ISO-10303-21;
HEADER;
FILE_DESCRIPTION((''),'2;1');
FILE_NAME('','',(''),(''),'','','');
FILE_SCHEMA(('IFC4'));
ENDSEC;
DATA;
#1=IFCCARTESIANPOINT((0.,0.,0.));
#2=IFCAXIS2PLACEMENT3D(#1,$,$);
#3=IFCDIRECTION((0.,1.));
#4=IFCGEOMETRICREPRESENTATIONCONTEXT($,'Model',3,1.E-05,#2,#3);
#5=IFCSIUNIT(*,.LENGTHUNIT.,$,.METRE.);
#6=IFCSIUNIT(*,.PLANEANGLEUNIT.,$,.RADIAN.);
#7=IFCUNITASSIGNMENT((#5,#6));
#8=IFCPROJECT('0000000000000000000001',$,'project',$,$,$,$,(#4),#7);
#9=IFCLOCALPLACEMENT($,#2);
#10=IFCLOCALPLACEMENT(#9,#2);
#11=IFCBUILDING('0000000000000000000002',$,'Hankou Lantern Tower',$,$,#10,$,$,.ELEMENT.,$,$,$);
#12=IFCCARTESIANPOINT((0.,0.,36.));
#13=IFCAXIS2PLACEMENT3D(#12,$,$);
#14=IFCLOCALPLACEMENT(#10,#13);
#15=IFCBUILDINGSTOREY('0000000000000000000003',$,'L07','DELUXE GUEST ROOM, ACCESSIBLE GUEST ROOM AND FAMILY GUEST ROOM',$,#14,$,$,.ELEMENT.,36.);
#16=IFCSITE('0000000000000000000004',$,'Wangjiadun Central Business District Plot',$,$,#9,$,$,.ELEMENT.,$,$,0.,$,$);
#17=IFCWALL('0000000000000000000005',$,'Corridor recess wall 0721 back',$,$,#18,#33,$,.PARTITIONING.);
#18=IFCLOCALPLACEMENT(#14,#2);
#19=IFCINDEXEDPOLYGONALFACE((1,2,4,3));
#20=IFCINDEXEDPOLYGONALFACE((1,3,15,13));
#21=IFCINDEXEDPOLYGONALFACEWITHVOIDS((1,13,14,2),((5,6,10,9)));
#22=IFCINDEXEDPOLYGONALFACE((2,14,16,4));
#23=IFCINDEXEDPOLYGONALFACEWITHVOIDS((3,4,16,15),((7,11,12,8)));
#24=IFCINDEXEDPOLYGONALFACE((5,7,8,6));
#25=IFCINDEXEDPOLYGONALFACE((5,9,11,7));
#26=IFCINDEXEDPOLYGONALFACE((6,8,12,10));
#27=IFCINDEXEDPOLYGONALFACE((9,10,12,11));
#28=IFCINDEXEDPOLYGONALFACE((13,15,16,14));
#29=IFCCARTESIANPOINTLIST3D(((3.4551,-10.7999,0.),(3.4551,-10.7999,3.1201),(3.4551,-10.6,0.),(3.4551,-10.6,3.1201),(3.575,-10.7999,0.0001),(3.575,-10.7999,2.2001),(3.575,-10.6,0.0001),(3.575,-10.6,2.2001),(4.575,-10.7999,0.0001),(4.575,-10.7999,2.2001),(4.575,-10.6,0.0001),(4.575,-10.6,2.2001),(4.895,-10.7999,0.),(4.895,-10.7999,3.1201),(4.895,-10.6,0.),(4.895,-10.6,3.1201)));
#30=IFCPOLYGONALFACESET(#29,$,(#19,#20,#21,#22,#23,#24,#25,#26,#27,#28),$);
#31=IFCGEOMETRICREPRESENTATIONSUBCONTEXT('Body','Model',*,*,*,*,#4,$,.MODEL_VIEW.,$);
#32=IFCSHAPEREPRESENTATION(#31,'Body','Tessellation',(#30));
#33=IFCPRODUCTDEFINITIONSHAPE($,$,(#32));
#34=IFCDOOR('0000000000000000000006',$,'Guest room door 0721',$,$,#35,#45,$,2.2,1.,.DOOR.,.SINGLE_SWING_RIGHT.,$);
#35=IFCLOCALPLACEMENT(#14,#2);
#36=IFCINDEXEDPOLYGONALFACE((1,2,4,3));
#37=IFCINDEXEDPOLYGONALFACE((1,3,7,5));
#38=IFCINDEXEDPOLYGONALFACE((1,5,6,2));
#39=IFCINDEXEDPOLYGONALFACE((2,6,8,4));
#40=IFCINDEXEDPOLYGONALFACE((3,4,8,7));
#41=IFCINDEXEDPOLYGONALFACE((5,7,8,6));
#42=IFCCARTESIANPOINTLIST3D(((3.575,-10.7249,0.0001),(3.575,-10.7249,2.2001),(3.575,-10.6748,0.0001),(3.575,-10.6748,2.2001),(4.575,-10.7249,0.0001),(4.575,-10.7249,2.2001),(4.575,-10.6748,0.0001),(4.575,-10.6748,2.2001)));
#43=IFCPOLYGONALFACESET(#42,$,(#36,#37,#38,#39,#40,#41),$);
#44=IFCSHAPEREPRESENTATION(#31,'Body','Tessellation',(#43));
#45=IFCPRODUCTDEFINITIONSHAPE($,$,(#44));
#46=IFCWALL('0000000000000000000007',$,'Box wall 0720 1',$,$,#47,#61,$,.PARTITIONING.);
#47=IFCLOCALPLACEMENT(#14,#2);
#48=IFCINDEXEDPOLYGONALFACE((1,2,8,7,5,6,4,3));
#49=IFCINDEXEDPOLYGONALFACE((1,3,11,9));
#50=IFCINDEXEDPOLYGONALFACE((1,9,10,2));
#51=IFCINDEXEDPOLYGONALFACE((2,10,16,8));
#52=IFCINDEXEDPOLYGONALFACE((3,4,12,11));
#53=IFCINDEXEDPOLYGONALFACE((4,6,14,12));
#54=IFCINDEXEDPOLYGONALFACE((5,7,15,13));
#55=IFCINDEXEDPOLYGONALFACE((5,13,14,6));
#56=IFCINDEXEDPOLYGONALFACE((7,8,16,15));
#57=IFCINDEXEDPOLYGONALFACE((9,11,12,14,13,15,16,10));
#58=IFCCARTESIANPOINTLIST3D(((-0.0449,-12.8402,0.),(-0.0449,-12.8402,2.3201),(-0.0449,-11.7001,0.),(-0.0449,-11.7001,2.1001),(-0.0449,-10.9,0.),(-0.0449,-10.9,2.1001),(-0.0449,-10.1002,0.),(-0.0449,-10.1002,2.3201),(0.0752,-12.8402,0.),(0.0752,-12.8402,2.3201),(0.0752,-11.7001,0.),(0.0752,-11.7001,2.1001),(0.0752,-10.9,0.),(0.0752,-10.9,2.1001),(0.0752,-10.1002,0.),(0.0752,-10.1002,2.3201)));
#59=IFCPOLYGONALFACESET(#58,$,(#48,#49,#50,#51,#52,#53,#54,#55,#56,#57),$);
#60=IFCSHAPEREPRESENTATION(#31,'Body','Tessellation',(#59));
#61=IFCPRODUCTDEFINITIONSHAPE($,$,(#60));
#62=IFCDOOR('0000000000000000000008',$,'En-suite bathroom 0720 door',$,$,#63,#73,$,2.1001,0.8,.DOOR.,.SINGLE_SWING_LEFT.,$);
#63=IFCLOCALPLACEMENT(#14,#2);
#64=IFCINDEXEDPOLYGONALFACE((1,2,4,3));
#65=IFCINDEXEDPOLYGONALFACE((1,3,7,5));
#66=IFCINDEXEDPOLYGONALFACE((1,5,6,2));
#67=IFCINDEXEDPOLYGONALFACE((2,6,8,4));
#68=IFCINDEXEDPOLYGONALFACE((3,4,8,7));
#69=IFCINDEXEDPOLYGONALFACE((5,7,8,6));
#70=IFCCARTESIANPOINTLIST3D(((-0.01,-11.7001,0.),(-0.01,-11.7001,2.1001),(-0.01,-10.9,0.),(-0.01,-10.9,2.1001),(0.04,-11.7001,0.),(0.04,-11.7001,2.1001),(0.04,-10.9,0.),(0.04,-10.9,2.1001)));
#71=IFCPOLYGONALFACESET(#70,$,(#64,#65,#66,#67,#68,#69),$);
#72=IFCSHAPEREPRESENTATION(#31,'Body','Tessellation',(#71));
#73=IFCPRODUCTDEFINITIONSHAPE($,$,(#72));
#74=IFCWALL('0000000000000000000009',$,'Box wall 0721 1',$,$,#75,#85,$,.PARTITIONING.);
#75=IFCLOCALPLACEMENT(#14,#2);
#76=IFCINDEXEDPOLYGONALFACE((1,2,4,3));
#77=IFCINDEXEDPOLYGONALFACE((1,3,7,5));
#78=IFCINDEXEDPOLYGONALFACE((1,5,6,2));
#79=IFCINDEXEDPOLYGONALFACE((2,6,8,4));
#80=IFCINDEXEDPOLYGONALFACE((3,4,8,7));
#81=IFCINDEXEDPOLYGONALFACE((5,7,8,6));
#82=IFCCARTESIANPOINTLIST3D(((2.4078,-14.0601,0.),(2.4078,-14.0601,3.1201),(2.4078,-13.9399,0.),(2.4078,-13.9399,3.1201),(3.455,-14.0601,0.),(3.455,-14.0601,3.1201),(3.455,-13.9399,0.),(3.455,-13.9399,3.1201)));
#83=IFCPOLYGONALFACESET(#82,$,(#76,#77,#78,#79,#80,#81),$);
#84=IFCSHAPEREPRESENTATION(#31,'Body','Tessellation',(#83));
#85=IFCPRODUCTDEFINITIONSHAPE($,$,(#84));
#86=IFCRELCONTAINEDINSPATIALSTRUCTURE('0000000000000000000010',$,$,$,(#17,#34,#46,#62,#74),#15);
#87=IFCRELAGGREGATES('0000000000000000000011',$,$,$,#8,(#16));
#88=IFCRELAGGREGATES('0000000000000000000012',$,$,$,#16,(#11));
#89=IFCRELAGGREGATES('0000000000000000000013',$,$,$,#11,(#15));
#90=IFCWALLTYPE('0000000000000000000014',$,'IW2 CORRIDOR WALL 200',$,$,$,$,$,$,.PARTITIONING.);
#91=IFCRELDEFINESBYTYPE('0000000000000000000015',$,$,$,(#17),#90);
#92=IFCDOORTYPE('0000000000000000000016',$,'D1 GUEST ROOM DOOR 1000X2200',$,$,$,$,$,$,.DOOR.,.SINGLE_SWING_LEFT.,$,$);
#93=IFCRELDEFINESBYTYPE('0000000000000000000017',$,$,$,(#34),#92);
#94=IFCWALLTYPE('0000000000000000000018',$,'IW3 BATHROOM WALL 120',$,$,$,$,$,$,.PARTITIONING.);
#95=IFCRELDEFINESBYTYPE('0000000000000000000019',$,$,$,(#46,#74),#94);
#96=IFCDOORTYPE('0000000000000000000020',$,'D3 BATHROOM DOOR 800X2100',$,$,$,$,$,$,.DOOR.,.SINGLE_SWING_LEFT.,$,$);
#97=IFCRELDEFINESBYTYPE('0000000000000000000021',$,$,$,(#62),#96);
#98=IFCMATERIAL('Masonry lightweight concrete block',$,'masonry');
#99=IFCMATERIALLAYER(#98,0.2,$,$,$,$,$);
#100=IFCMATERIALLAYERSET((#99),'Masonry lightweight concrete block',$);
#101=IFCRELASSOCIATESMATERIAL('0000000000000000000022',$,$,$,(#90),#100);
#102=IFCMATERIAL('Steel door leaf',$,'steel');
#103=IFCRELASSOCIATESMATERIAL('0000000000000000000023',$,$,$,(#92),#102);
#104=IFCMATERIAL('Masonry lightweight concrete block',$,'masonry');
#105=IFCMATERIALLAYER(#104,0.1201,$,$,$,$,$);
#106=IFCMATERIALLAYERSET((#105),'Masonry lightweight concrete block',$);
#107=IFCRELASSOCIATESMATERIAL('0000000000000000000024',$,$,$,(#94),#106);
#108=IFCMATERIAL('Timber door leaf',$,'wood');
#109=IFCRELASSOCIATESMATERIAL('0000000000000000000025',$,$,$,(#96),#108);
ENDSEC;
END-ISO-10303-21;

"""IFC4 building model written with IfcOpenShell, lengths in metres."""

from ifc_helpers import new_model, si_unit, direction, frame, frame_2d, origin, place, context, subcontext, project, spatial, rectangle, extrude, material, layer, layer_set, type_object, element, fill, save


model = new_model("IFC4")

# Units and contexts
model_context = context("Model", 3, precision=1e-05, world=origin(), true_north=direction((0.0, 1.0)))
body_context = subcontext(model_context, "Body", "Model", "MODEL_VIEW")
ifc_project = project(units=[si_unit("LENGTHUNIT", "METRE"), si_unit("PLANEANGLEUNIT", "RADIAN")], contexts=[model_context])

# Site, building, storey
site_placement = place(None, origin())
site = spatial("IfcSite", under=ifc_project, at=site_placement, Name="Wangjiadun Central Business District Plot", CompositionType="ELEMENT", RefElevation=0.0)
building_placement = place(site_placement, origin())
building = spatial("IfcBuilding", under=site, at=building_placement, Name="Hankou Lantern Tower", CompositionType="ELEMENT")
storey_placement = place(building_placement, frame((0.0, 0.0, 36.0)))
storey = spatial("IfcBuildingStorey", under=building, at=storey_placement, Name="L07", Description="DELUXE GUEST ROOM, ACCESSIBLE GUEST ROOM AND FAMILY GUEST ROOM", CompositionType="ELEMENT", Elevation=36.0)

# Walls, openings, doors
ifc_material_1 = material(Name="Masonry lightweight concrete block", Category="masonry")
ifc_layer_1 = layer(ifc_material_1, 0.2)
ifc_layer_set_1 = layer_set([ifc_layer_1], Name="Masonry lightweight concrete block")
wall_type_1 = type_object("IfcWallType", Name="IW2 CORRIDOR WALL 200", PredefinedType="PARTITIONING", material=ifc_layer_set_1)
ifc_material_2 = material(Name="Steel door leaf", Category="steel")
door_type_1 = type_object("IfcDoorType", Name="D1 GUEST ROOM DOOR 1000X2200", OperationType="SINGLE_SWING_LEFT", PredefinedType="DOOR", material=ifc_material_2)
wall_1_placement = place(storey_placement, frame((4.895, -10.7, 0.0), z_axis=(0.0, 0.0, 1.0), x_axis=(-1.0, 0.0, 0.0)))
wall_1 = element("IfcWall", 1, at=wall_1_placement, inside=storey, type_object=wall_type_1, Name="Corridor recess wall 0721 back", PredefinedType="PARTITIONING", context=body_context, shape_type="SweptSolid", body=[
    extrude(rectangle(XDim=1.4399, YDim=0.2, at=frame_2d((0.72, 0.0))), origin(), (0.0, 0.0, 1.0), 3.1201),
])
opening_1_placement = place(wall_1_placement, frame((0.3201, 0.0, 0.0)))
opening_1 = element("IfcOpeningElement", 2, at=opening_1_placement, cuts=wall_1, PredefinedType="OPENING", context=body_context, shape_type="SweptSolid", body=[
    extrude(rectangle(XDim=1.0, YDim=2.2, at=frame_2d((0.5, 1.1001))), frame((0.0, 0.1099, 0.0), z_axis=(0.0, -1.0, 0.0), x_axis=(1.0, 0.0, 0.0)), (0.0, 0.0, 1.0), 0.22),
])
door_1_placement = place(opening_1_placement, origin())
door_1 = element("IfcDoor", 3, at=door_1_placement, inside=storey, type_object=door_type_1, Name="Guest room door 0721", OperationType="SINGLE_SWING_RIGHT", OverallHeight=2.2, OverallWidth=1.0, PredefinedType="DOOR", context=body_context, shape_type="SweptSolid", body=[
    extrude(rectangle(XDim=1.0, YDim=2.2, at=frame_2d((0.5, 1.1001))), frame((0.0, 0.0249, 0.0), z_axis=(0.0, -1.0, 0.0), x_axis=(1.0, 0.0, 0.0)), (0.0, 0.0, 1.0), 0.05),
])
fill(opening_1, door_1)
ifc_material_3 = material(Name="Masonry lightweight concrete block", Category="masonry")
ifc_layer_2 = layer(ifc_material_3, 0.1201)
ifc_layer_set_2 = layer_set([ifc_layer_2], Name="Masonry lightweight concrete block")
wall_type_2 = type_object("IfcWallType", Name="IW3 BATHROOM WALL 120", PredefinedType="PARTITIONING", material=ifc_layer_set_2)
wall_2_placement = place(storey_placement, frame((0.0151, -10.1001, 0.0), z_axis=(0.0, 0.0, 1.0), x_axis=(0.0, -1.0, 0.0)))
wall_2 = element("IfcWall", 4, at=wall_2_placement, inside=storey, type_object=wall_type_2, Name="Box wall 0720 1", PredefinedType="PARTITIONING", context=body_context, shape_type="SweptSolid", body=[
    extrude(rectangle(XDim=2.74, YDim=0.1201, at=frame_2d((1.3701, 0.0))), origin(), (0.0, 0.0, 1.0), 2.3201),
])
opening_2_placement = place(wall_2_placement, frame((0.8, 0.0, 0.0)))
opening_2 = element("IfcOpeningElement", 5, at=opening_2_placement, cuts=wall_2, PredefinedType="OPENING", context=body_context, shape_type="SweptSolid", body=[
    extrude(rectangle(XDim=0.8, YDim=2.1001, at=frame_2d((0.3999, 1.05))), frame((0.0, 0.0701, 0.0), z_axis=(0.0, -1.0, 0.0), x_axis=(1.0, 0.0, 0.0)), (0.0, 0.0, 1.0), 0.1401),
])
ifc_material_4 = material(Name="Timber door leaf", Category="wood")
door_type_2 = type_object("IfcDoorType", Name="D3 BATHROOM DOOR 800X2100", OperationType="SINGLE_SWING_LEFT", PredefinedType="DOOR", material=ifc_material_4)
door_2_placement = place(opening_2_placement, origin())
door_2 = element("IfcDoor", 6, at=door_2_placement, inside=storey, type_object=door_type_2, Name="En-suite bathroom 0720 door", OperationType="SINGLE_SWING_LEFT", OverallHeight=2.1001, OverallWidth=0.8, PredefinedType="DOOR", context=body_context, shape_type="SweptSolid", body=[
    extrude(rectangle(XDim=0.8, YDim=2.1001, at=frame_2d((0.3999, 1.05))), frame((0.0, 0.0249, 0.0), z_axis=(0.0, -1.0, 0.0), x_axis=(1.0, 0.0, 0.0)), (0.0, 0.0, 1.0), 0.05),
])
fill(opening_2, door_2)

# Wall
wall_3_placement = place(storey_placement, frame((2.408, -14.0, 0.0), z_axis=(0.0, 0.0, 1.0), x_axis=(1.0, 0.0, 0.0)))
element("IfcWall", 7, at=wall_3_placement, inside=storey, type_object=wall_type_2, Name="Box wall 0721 1", PredefinedType="PARTITIONING", context=body_context, shape_type="SweptSolid", body=[
    extrude(rectangle(XDim=1.0471, YDim=0.1201, at=frame_2d((0.5234, 0.0))), origin(), (0.0, 0.0, 1.0), 3.1201),
])

save(model, "model.ifc")
